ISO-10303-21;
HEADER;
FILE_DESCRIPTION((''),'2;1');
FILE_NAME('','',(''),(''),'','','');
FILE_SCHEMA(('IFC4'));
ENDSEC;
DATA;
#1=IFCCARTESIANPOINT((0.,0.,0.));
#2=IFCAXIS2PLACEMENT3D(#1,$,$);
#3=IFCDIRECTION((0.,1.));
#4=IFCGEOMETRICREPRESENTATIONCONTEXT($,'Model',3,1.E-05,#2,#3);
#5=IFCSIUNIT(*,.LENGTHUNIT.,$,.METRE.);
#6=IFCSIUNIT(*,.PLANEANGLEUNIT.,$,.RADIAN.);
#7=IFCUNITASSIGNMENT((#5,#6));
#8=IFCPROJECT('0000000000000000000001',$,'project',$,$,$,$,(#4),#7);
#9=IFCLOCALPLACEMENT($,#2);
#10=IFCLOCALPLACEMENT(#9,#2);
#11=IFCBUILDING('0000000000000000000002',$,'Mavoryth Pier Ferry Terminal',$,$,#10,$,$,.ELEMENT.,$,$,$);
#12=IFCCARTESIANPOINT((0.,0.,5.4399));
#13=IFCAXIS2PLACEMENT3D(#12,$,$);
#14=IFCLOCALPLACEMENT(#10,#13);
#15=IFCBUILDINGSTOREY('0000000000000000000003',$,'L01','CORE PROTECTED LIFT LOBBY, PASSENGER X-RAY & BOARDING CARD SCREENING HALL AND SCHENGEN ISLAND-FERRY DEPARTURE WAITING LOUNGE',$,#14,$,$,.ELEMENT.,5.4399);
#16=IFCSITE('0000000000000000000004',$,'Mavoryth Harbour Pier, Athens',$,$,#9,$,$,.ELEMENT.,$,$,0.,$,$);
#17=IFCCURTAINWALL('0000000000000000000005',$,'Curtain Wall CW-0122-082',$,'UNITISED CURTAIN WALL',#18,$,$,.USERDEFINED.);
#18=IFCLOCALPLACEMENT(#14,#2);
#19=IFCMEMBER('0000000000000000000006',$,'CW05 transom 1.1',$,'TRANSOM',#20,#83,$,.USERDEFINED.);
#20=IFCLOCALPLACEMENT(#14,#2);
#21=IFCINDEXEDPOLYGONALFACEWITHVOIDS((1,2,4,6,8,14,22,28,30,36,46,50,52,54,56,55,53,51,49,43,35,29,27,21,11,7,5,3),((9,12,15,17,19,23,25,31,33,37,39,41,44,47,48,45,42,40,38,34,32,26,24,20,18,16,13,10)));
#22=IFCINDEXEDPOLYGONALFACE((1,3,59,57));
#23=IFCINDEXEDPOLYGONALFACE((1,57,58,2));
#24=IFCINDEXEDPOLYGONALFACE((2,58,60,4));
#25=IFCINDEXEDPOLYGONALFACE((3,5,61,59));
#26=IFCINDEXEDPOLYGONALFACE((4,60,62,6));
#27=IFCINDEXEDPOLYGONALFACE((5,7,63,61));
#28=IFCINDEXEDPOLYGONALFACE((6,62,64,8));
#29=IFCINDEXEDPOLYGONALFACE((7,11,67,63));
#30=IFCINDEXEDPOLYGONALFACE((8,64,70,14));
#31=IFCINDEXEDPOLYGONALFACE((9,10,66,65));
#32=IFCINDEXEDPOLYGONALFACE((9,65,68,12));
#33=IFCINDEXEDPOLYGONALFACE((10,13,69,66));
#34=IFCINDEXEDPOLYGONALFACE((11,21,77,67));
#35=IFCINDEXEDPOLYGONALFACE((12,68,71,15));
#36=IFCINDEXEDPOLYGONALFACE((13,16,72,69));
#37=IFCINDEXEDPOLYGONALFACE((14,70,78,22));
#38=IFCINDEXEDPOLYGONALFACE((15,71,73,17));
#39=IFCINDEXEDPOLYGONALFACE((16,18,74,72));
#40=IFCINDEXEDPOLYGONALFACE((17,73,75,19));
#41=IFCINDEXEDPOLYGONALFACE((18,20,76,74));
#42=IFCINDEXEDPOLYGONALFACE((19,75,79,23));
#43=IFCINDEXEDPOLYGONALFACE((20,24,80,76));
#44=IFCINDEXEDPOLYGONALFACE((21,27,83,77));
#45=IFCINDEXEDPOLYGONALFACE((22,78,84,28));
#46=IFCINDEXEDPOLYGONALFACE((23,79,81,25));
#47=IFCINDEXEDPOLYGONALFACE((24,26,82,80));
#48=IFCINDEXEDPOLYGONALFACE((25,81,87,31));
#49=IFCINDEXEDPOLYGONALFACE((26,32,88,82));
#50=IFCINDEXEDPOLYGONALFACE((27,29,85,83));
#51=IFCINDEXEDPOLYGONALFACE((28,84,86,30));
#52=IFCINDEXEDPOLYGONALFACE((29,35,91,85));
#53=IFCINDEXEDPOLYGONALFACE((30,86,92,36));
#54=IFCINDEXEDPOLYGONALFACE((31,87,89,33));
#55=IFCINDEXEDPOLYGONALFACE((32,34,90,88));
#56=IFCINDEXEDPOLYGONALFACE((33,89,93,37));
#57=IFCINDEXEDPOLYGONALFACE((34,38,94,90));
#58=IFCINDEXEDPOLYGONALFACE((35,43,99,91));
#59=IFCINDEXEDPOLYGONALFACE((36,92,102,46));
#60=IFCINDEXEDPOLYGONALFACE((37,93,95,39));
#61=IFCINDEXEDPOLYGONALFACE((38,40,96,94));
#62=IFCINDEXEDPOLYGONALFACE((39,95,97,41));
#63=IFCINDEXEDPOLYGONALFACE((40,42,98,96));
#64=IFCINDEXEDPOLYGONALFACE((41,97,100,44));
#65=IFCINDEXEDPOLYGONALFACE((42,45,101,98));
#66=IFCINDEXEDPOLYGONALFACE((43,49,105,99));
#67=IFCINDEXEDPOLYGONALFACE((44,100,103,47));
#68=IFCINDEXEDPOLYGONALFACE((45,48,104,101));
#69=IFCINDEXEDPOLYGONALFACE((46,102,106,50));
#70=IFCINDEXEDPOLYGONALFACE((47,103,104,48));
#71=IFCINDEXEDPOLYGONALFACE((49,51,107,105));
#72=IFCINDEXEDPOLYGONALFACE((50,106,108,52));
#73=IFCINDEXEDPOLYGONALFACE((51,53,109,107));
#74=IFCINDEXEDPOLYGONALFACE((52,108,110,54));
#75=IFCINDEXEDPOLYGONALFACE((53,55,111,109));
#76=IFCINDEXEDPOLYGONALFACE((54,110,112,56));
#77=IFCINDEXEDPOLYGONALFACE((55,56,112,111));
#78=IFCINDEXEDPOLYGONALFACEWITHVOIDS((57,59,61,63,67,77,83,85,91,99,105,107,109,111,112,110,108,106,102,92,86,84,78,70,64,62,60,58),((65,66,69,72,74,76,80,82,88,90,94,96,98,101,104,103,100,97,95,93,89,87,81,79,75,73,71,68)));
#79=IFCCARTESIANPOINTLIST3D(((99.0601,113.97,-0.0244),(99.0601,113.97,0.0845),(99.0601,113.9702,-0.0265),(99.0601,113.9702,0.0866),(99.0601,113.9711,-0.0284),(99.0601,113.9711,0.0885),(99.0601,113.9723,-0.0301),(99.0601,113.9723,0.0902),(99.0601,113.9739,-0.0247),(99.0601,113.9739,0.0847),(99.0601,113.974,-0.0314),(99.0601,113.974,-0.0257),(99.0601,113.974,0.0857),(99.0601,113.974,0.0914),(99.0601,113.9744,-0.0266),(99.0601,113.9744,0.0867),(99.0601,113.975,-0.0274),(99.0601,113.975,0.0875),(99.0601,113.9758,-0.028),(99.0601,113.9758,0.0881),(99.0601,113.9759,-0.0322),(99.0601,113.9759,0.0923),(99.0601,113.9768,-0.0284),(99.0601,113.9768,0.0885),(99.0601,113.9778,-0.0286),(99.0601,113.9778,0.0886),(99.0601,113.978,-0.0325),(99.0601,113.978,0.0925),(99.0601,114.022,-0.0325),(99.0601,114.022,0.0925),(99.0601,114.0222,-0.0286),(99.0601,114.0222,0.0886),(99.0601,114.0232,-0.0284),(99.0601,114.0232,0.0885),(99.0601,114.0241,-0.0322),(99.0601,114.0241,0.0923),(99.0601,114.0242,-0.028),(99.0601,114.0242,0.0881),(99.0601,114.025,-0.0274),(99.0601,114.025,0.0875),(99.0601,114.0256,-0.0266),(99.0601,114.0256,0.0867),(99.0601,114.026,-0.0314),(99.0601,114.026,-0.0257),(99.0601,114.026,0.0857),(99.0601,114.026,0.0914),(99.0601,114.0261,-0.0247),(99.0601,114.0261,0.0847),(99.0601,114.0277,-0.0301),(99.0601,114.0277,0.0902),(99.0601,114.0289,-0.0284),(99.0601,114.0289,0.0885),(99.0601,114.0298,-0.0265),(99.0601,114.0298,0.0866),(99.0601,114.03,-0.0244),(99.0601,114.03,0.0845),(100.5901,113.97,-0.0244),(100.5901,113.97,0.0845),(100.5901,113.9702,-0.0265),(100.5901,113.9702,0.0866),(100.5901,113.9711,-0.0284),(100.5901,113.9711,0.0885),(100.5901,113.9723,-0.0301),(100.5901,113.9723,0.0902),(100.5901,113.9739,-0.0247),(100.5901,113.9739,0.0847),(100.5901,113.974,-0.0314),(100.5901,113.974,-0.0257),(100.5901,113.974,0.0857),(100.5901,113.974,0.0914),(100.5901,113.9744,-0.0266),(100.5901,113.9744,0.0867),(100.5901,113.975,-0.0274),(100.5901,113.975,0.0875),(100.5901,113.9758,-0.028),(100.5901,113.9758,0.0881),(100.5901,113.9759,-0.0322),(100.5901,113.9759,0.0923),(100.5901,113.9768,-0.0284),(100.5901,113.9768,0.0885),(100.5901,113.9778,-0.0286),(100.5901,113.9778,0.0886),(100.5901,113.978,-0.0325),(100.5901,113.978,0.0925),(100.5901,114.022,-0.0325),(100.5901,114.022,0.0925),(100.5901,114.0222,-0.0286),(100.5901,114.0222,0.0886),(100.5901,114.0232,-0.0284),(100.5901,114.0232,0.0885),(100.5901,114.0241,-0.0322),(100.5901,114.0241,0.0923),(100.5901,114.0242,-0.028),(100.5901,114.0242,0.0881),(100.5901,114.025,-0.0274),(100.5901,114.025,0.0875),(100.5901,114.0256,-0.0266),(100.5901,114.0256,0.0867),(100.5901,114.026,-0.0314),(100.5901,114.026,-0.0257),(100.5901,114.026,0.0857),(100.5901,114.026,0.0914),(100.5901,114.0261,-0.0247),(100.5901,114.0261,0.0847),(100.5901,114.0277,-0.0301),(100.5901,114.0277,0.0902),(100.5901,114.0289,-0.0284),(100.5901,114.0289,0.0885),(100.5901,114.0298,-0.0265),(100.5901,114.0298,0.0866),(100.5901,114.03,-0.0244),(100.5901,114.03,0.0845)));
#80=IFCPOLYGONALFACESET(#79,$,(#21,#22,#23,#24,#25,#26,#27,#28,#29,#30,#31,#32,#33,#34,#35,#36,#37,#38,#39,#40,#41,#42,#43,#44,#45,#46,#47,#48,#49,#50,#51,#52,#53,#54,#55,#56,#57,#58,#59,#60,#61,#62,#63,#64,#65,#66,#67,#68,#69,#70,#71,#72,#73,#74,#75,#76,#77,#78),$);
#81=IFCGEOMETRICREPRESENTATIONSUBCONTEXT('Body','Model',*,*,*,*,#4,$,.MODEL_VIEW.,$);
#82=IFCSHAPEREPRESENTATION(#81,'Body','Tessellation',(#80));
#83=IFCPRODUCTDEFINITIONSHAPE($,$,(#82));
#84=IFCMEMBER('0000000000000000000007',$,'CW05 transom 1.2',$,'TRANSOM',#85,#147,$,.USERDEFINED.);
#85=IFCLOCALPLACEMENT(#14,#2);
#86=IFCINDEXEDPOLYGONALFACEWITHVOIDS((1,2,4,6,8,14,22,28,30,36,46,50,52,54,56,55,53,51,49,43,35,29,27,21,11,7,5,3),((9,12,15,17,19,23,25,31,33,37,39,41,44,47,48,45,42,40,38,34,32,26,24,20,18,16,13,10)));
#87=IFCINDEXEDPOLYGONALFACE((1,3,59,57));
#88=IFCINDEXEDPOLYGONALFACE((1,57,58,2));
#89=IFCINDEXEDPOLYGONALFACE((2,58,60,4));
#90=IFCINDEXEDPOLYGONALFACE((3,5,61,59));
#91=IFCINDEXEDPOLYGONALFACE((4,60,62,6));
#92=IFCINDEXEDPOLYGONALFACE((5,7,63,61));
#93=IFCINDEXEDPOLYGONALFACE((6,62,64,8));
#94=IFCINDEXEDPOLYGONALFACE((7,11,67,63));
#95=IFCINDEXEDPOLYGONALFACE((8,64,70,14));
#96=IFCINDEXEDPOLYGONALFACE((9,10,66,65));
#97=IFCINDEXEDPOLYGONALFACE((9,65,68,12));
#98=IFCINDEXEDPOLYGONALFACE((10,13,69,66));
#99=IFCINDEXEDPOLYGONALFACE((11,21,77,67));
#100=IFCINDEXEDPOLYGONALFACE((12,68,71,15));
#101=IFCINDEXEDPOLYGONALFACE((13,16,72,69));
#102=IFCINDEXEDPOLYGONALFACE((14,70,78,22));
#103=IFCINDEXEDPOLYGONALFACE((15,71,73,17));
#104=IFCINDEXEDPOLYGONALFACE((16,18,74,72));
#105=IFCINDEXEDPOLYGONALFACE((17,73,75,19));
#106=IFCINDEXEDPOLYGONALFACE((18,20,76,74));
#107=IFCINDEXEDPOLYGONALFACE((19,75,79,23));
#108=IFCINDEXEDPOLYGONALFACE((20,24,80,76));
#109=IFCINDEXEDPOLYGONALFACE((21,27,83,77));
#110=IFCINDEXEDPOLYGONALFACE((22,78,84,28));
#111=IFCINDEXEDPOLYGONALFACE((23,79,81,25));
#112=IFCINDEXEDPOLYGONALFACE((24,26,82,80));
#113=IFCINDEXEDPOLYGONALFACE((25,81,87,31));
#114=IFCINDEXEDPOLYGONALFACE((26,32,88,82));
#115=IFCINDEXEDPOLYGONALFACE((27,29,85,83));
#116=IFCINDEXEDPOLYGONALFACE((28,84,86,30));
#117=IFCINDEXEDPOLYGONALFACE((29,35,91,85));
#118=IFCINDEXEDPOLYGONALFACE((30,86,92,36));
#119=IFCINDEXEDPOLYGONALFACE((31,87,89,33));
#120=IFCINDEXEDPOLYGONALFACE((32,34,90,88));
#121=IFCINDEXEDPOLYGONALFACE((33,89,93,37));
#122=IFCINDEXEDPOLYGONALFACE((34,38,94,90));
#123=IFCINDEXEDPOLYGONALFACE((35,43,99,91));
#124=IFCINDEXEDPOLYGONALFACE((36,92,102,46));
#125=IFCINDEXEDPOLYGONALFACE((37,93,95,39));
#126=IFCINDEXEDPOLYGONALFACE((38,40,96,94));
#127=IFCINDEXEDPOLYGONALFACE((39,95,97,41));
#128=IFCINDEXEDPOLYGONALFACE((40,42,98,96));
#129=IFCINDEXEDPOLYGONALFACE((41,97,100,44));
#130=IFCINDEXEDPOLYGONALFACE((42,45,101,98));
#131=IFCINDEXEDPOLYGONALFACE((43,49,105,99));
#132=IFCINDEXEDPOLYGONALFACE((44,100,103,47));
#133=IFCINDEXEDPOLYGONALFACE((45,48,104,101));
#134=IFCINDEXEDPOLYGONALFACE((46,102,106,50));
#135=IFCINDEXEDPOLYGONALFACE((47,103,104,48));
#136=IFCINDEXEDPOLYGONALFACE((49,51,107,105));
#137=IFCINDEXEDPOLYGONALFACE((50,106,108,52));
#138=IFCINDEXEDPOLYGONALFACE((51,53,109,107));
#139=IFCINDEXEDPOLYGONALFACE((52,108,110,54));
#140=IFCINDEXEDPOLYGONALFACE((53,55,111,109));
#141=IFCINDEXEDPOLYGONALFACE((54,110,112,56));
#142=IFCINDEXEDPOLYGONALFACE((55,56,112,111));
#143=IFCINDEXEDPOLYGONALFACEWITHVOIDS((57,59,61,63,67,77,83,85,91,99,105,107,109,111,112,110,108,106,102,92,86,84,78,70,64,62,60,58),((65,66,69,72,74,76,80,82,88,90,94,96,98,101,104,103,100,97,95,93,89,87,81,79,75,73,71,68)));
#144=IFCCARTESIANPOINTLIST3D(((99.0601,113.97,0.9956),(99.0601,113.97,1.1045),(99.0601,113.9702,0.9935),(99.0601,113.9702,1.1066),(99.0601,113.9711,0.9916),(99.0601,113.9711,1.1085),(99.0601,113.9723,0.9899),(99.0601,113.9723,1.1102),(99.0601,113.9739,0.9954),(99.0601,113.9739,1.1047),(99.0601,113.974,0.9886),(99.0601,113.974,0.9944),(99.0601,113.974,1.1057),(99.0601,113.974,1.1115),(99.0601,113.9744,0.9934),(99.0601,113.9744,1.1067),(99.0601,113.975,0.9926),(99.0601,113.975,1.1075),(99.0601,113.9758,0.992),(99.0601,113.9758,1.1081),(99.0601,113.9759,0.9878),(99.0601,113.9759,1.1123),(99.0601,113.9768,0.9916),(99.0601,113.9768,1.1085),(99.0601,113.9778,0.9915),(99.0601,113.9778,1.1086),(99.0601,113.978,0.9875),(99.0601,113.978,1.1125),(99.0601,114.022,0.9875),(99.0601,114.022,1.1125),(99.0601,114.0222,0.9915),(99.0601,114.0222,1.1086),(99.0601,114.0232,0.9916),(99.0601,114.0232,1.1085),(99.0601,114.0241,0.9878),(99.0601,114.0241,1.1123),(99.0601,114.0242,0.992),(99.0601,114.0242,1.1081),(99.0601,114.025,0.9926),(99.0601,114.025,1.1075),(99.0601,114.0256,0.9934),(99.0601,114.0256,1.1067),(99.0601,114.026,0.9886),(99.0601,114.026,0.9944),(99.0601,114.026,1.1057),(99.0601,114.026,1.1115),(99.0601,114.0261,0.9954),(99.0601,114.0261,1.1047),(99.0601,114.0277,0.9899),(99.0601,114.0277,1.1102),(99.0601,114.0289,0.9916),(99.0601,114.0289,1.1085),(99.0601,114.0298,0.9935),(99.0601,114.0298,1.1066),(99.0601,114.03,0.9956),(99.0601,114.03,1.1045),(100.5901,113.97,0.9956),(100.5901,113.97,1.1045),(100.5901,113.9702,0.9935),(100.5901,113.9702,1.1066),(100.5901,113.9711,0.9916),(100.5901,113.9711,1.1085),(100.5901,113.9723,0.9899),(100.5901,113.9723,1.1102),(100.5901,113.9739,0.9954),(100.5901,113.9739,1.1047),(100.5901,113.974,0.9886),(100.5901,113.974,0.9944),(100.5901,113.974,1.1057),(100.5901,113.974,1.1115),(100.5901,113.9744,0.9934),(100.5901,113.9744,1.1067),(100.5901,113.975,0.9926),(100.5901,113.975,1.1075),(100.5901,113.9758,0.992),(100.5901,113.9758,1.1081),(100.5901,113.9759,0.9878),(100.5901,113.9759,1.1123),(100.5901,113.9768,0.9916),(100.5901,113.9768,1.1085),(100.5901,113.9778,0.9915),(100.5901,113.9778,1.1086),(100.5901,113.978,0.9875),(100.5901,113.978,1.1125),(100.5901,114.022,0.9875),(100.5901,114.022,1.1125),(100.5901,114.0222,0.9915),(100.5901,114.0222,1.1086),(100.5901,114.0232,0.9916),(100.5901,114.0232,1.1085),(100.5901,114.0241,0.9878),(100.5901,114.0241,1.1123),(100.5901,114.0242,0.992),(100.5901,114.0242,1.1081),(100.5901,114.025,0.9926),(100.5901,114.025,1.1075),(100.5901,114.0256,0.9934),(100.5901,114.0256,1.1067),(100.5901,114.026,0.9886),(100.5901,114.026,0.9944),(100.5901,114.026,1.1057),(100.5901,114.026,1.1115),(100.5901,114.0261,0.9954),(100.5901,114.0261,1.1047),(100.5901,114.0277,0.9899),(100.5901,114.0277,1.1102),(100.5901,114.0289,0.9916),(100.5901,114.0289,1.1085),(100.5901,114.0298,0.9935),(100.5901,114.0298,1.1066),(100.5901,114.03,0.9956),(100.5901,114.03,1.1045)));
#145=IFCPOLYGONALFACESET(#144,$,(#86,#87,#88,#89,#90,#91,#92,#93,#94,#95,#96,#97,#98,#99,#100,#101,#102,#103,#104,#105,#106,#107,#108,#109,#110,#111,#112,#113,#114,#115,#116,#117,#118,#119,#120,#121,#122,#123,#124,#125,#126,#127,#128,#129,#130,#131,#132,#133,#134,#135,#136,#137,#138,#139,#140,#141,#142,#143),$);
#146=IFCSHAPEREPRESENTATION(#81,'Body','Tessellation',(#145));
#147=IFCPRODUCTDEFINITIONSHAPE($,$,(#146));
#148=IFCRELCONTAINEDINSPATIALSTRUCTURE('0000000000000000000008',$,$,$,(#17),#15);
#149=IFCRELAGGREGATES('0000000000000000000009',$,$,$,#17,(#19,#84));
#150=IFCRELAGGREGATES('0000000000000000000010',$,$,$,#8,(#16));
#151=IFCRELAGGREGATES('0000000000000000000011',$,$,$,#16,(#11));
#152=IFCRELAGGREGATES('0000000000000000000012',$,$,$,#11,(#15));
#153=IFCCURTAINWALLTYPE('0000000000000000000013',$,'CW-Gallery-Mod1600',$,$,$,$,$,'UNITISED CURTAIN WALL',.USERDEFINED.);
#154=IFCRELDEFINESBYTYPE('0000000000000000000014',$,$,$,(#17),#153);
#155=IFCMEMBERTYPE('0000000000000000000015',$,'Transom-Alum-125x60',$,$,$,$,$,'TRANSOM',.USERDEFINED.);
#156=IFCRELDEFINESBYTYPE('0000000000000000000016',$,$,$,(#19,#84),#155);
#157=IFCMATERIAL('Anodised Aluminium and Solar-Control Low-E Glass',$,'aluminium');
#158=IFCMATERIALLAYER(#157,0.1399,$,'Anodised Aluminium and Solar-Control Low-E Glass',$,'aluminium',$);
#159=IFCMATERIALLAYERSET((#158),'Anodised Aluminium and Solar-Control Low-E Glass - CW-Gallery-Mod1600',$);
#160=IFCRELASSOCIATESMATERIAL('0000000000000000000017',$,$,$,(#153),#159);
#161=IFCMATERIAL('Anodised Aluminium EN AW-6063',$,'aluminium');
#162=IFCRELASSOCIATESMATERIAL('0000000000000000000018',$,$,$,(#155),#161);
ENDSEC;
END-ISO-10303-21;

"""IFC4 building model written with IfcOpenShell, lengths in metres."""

from ifc_helpers import new_model, si_unit, direction, frame, origin, origin_2d, place, context, subcontext, project, spatial, hollow_rectangle, extrude, material, layer, layer_set, material_profile, profile_set, type_object, element, aggregate, save


model = new_model("IFC4")

# Units and contexts
model_context = context("Model", 3, precision=1e-05, world=origin(), true_north=direction((0.0, 1.0)))
body_context = subcontext(model_context, "Body", "Model", "MODEL_VIEW")
ifc_project = project(units=[si_unit("LENGTHUNIT", "METRE"), si_unit("PLANEANGLEUNIT", "RADIAN")], contexts=[model_context])

# Site, building, storey
site_placement = place(None, origin())
site = spatial("IfcSite", under=ifc_project, at=site_placement, Name="Mavoryth Harbour Pier, Athens", CompositionType="ELEMENT", RefElevation=0.0)
building_placement = place(site_placement, origin())
building = spatial("IfcBuilding", under=site, at=building_placement, Name="Mavoryth Pier Ferry Terminal", CompositionType="ELEMENT")
storey_placement = place(building_placement, frame((0.0, 0.0, 5.4399)))
storey = spatial("IfcBuildingStorey", under=building, at=storey_placement, Name="L01", Description="CORE PROTECTED LIFT LOBBY, PASSENGER X-RAY & BOARDING CARD SCREENING HALL AND SCHENGEN ISLAND-FERRY DEPARTURE WAITING LOUNGE", CompositionType="ELEMENT", Elevation=5.4399)

# Curtain wall, members
ifc_material_1 = material(Name="Anodised Aluminium and Solar-Control Low-E Glass", Category="aluminium")
ifc_layer_1 = layer(ifc_material_1, 0.1399, Name="Anodised Aluminium and Solar-Control Low-E Glass", Category="aluminium")
ifc_layer_set_1 = layer_set([ifc_layer_1], Name="Anodised Aluminium and Solar-Control Low-E Glass - CW-Gallery-Mod1600")
curtain_wall_type = type_object("IfcCurtainWallType", Name="CW-Gallery-Mod1600", ElementType="UNITISED CURTAIN WALL", PredefinedType="USERDEFINED", material=ifc_layer_set_1)
curtain_wall_placement = place(storey_placement, origin())
curtain_wall = element("IfcCurtainWall", 1, at=curtain_wall_placement, inside=storey, type_object=curtain_wall_type, Name="Curtain Wall CW-0122-082", ObjectType="UNITISED CURTAIN WALL", PredefinedType="USERDEFINED")
ifc_material_2 = material(Name="Anodised Aluminium EN AW-6063", Category="aluminium")
ifc_material_profile_1 = material_profile(ifc_material_2, hollow_rectangle(XDim=0.0601, YDim=0.125, WallThickness=0.0039, InnerFilletRadius=0.0039, OuterFilletRadius=0.0081, at=origin_2d()), Name="AL-TRAN 125x60x4", Category="aluminium")
ifc_profile_set_1 = profile_set([ifc_material_profile_1], Name="Anodised Aluminium EN AW-6063 - AL-TRAN 125x60x4")
member_type_1 = type_object("IfcMemberType", Name="Transom-Alum-125x60", ElementType="TRANSOM", PredefinedType="USERDEFINED", material=ifc_profile_set_1)
member_1_placement = place(storey_placement, frame((100.5901, 114.0, 0.03), z_axis=(-1.0, 0.0, 0.0), x_axis=(0.0, -1.0, 0.0)))
member_1 = element("IfcMember", 2, at=member_1_placement, type_object=member_type_1, Name="CW05 transom 1.1", ObjectType="TRANSOM", PredefinedType="USERDEFINED", context=body_context, shape_type="SweptSolid", body=[
    extrude(hollow_rectangle(XDim=0.0601, YDim=0.125, WallThickness=0.0039, InnerFilletRadius=0.0039, OuterFilletRadius=0.0081, at=origin_2d()), origin(), (0.0, 0.0, 1.0), 1.53),
])
member_2_placement = place(storey_placement, frame((100.5901, 114.0, 1.05), z_axis=(-1.0, 0.0, 0.0), x_axis=(0.0, -1.0, 0.0)))
member_2 = element("IfcMember", 3, at=member_2_placement, type_object=member_type_1, Name="CW05 transom 1.2", ObjectType="TRANSOM", PredefinedType="USERDEFINED", context=body_context, shape_type="SweptSolid", body=[
    extrude(hollow_rectangle(XDim=0.0601, YDim=0.125, WallThickness=0.0039, InnerFilletRadius=0.0039, OuterFilletRadius=0.0081, at=origin_2d()), origin(), (0.0, 0.0, 1.0), 1.53),
])
aggregate(curtain_wall, [member_1, member_2])

save(model, "model.ifc")
